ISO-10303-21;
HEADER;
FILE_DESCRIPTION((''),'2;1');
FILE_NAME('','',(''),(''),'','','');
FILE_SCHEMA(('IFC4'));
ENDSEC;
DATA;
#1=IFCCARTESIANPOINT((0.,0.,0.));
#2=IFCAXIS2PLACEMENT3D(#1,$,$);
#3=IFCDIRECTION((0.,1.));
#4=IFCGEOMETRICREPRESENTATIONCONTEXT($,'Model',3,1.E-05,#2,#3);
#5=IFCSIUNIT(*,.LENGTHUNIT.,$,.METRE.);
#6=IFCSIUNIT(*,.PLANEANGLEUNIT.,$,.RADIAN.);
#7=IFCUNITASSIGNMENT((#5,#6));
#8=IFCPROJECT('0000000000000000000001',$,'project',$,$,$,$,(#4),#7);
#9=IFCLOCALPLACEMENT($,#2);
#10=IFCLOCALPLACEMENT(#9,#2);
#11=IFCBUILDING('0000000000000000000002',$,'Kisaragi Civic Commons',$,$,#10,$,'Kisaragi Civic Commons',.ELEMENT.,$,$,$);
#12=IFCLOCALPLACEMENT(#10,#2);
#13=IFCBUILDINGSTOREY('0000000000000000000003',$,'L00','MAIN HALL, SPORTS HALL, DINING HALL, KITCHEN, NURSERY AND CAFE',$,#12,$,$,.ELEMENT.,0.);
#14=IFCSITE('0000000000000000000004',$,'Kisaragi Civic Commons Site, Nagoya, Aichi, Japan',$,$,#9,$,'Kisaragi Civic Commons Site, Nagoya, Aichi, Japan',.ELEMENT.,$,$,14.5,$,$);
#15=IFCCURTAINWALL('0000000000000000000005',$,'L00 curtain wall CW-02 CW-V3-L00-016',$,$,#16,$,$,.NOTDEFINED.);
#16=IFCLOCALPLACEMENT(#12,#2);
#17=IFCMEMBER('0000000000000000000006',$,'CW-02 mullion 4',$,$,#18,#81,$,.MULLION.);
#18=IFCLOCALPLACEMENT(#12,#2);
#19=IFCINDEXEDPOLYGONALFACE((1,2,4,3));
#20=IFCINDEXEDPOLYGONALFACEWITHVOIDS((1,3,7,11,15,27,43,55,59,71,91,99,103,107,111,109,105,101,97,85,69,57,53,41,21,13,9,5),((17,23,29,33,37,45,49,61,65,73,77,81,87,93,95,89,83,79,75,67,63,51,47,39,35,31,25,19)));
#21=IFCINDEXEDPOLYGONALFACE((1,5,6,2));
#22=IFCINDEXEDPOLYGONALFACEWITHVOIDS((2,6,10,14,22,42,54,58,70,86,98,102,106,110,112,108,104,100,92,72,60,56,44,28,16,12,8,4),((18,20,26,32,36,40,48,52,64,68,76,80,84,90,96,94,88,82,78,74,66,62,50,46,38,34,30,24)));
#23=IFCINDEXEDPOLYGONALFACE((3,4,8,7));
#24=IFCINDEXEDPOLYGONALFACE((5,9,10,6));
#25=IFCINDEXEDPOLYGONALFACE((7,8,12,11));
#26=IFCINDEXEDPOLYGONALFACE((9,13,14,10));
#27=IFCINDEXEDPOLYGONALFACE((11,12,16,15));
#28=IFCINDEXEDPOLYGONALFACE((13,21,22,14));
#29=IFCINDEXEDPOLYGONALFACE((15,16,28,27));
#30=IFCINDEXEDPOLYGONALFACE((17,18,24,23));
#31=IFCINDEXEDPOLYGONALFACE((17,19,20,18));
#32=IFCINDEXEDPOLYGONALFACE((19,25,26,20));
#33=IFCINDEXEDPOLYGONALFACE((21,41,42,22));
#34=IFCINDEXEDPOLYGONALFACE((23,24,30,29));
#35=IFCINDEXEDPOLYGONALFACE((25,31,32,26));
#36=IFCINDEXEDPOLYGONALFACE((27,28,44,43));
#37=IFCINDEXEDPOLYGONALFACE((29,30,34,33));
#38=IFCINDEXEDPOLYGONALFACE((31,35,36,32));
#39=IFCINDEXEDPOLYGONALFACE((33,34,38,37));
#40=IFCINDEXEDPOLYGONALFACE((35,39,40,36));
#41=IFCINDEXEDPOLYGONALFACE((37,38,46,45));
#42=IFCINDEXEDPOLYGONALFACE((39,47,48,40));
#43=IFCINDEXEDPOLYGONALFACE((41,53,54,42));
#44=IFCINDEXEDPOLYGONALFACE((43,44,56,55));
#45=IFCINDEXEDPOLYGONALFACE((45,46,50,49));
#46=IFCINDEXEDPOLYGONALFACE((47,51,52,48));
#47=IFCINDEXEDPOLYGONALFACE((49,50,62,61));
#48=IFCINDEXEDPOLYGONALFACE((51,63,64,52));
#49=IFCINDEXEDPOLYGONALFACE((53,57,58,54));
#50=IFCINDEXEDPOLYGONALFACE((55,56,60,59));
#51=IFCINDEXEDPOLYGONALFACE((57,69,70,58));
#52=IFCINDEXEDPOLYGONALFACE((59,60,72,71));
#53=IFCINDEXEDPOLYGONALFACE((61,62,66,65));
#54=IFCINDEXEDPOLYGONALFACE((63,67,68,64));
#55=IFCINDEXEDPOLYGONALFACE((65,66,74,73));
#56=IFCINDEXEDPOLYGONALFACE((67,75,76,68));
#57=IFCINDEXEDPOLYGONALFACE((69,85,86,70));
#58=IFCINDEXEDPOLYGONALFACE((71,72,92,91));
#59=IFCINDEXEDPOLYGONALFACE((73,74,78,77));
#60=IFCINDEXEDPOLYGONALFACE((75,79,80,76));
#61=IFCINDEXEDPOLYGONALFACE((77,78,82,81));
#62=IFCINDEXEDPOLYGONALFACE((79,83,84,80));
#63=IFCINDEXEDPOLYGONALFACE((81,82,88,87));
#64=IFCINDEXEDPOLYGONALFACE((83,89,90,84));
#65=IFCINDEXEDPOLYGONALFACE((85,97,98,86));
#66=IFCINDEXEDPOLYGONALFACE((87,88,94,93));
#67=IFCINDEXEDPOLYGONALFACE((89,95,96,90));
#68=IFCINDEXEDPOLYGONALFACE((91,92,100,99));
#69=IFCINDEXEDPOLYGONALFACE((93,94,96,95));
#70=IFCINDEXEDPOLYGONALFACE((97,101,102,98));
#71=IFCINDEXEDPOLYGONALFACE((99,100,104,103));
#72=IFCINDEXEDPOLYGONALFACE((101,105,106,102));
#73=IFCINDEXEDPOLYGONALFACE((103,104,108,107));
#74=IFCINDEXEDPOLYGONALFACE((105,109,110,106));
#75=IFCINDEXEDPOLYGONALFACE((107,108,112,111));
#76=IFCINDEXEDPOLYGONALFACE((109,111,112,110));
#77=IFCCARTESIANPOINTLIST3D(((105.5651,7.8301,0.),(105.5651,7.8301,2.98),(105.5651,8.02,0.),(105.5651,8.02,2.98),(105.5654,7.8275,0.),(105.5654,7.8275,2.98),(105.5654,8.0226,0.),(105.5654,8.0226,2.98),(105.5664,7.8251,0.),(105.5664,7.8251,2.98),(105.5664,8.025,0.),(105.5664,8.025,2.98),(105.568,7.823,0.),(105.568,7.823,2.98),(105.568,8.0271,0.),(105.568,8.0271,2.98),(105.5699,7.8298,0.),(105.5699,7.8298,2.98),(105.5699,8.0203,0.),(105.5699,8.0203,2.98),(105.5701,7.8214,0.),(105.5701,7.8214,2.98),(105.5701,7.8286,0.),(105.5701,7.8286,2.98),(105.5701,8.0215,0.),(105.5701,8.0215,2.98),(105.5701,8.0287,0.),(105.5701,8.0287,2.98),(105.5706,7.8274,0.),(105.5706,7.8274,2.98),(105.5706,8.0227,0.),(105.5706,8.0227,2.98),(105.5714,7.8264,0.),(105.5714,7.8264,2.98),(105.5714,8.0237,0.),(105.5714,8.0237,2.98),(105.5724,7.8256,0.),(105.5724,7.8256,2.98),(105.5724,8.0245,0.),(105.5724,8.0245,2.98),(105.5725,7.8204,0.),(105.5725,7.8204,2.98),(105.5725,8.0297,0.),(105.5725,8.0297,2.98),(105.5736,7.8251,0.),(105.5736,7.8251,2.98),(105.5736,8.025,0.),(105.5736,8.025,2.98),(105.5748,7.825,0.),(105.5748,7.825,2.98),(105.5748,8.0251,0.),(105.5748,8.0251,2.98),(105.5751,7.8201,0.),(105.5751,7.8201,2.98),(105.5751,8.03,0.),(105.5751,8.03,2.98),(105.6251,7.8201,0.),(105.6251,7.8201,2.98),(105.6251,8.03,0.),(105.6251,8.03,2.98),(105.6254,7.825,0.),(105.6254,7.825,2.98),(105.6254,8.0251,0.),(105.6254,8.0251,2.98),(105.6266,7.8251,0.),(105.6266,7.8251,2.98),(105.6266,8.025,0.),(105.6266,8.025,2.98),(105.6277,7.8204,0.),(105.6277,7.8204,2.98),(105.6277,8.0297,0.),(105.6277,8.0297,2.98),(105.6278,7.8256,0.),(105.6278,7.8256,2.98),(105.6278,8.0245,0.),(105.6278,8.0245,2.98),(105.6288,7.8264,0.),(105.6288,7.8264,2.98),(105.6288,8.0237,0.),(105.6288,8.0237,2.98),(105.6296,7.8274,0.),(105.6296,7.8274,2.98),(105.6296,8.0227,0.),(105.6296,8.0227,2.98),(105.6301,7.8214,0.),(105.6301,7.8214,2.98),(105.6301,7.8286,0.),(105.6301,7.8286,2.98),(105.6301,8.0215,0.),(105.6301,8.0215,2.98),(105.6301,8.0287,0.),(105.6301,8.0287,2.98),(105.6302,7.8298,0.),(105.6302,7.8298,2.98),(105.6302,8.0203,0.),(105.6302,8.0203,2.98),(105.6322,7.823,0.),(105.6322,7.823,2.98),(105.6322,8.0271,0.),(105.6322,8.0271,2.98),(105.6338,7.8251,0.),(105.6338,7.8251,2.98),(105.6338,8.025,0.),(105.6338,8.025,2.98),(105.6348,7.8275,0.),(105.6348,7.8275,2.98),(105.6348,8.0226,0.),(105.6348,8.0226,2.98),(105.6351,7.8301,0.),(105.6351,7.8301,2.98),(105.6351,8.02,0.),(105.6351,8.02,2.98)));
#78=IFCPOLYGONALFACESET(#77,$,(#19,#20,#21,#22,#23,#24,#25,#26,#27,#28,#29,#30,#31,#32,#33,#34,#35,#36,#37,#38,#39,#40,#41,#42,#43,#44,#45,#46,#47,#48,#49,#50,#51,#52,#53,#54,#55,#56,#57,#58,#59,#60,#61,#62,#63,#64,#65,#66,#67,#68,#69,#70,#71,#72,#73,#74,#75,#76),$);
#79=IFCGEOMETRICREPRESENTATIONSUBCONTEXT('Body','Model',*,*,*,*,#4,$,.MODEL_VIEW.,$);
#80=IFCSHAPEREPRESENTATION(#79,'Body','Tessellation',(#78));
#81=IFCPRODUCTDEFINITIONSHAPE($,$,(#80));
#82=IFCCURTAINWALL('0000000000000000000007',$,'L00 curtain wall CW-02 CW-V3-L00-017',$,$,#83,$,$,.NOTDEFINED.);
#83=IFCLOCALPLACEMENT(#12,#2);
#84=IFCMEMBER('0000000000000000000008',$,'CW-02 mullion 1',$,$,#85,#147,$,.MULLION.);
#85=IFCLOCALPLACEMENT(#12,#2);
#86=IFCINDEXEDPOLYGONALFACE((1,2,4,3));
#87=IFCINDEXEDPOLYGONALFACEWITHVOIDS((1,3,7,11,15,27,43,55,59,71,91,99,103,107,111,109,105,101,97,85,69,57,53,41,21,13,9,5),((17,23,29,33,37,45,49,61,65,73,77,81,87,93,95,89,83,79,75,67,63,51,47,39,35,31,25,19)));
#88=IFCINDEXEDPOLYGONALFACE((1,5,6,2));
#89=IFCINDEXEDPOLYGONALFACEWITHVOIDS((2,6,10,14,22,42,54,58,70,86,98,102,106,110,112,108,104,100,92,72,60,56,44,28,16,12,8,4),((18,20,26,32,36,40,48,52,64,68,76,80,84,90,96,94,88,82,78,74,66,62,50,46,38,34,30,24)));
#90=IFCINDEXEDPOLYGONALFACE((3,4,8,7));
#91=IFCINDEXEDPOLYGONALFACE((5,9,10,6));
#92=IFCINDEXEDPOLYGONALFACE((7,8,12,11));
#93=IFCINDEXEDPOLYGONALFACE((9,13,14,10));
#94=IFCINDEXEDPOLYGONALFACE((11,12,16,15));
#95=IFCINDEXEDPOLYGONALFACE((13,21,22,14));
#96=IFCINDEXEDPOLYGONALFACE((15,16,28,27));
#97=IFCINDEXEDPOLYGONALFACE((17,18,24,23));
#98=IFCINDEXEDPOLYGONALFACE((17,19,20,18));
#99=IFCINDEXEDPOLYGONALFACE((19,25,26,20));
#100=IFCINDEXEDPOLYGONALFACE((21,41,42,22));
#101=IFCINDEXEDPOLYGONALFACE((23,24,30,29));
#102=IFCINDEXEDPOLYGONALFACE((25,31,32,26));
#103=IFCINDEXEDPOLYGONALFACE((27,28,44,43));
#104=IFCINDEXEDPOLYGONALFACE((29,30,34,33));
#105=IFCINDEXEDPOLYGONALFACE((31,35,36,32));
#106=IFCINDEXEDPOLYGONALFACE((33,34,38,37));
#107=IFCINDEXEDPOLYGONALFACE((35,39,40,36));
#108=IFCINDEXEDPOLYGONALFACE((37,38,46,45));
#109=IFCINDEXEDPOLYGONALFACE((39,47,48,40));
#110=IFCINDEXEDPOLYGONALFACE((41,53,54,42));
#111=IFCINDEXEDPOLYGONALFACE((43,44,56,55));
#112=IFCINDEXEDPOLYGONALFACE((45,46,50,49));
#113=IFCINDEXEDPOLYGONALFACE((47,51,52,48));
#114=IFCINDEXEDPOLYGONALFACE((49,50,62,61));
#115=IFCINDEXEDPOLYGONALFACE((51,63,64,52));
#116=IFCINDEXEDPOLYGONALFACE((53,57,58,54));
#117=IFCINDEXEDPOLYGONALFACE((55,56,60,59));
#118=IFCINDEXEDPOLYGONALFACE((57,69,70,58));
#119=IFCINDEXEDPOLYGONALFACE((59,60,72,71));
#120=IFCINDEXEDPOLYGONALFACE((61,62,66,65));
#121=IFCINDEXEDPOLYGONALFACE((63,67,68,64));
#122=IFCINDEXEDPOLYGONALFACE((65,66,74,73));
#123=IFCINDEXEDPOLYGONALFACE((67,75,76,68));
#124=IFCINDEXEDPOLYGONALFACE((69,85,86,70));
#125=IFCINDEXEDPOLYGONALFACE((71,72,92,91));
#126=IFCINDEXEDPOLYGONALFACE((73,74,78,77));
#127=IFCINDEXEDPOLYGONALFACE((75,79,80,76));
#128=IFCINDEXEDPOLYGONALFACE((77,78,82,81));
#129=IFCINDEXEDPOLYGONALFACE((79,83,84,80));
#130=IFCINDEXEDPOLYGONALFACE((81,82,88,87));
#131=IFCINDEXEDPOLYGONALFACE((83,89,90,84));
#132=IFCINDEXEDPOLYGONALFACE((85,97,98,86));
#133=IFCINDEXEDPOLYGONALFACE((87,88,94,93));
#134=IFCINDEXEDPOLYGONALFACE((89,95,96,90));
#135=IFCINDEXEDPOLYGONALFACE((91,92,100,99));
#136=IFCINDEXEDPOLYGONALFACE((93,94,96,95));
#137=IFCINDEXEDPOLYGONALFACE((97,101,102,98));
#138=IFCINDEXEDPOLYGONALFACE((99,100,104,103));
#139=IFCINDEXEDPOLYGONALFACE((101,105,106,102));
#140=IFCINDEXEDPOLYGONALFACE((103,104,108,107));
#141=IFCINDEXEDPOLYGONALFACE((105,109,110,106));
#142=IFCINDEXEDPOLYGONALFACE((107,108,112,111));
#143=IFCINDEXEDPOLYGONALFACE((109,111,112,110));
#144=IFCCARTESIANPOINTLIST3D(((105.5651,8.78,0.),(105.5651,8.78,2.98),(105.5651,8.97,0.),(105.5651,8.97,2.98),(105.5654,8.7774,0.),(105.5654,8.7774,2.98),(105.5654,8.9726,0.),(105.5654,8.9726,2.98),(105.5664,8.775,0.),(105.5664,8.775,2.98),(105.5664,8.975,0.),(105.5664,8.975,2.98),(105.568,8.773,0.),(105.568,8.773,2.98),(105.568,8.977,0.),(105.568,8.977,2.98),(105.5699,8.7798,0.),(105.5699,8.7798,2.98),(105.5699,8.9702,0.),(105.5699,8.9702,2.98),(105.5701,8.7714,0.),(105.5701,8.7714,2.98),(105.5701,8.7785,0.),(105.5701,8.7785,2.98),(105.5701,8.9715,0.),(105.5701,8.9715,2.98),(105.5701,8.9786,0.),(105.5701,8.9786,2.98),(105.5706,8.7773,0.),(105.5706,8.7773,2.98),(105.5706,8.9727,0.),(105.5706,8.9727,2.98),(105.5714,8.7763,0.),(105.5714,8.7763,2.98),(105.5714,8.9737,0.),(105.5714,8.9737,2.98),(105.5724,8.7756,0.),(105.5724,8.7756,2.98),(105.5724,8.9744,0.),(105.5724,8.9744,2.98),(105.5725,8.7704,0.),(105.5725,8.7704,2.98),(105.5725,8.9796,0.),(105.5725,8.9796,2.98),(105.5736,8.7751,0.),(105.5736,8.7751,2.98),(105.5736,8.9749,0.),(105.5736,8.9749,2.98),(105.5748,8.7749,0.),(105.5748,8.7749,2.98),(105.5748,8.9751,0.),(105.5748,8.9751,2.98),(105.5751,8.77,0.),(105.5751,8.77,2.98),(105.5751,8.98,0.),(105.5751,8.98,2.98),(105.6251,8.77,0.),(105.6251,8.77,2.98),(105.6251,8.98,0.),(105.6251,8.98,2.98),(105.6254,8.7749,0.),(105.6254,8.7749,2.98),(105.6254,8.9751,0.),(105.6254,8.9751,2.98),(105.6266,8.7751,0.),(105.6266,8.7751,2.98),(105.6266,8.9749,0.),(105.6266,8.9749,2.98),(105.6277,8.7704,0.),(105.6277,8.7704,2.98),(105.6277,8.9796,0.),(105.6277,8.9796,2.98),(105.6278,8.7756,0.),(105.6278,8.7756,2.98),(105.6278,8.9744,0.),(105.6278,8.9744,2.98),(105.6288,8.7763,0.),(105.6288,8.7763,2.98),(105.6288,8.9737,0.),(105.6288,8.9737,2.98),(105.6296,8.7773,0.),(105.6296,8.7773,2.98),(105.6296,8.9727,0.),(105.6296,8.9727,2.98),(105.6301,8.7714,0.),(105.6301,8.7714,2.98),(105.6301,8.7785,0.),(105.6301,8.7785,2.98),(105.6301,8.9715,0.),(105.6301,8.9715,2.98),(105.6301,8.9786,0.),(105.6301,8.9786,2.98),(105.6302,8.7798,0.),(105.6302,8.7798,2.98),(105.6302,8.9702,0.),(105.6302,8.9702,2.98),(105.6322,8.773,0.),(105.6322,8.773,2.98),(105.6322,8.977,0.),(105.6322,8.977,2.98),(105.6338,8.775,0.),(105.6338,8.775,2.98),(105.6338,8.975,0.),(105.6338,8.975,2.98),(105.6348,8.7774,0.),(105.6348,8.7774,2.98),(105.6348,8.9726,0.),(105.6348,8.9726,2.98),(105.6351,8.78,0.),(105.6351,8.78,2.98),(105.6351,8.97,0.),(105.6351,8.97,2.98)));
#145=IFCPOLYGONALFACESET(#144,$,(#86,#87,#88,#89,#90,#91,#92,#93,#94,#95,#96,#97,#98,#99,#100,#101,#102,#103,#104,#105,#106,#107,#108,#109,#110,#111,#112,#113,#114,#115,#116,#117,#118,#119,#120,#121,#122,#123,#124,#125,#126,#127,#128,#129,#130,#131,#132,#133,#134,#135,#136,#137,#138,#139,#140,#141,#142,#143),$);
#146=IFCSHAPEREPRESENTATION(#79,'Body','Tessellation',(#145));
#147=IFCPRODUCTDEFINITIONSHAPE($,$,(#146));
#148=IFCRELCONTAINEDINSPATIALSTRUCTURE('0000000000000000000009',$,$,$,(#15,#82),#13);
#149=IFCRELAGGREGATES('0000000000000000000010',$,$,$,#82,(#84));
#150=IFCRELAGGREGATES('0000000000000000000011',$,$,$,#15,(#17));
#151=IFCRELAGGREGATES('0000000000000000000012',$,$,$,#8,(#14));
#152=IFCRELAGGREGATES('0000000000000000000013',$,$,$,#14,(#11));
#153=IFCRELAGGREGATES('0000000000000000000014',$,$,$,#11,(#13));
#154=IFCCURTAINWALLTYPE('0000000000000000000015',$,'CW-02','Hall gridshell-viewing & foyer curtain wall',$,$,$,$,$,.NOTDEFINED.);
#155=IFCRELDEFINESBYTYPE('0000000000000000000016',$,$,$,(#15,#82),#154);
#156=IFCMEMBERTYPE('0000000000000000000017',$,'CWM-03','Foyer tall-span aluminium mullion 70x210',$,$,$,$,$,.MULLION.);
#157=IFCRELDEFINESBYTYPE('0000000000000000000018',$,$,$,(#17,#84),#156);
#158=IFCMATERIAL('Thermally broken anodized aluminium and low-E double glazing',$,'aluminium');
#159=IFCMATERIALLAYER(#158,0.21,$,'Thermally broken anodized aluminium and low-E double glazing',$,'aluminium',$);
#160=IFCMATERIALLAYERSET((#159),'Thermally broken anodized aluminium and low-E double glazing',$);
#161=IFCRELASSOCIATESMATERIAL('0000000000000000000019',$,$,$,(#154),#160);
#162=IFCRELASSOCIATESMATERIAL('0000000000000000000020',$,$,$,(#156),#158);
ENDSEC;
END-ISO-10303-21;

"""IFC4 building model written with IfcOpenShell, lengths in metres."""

from ifc_helpers import new_model, si_unit, direction, frame, origin, origin_2d, place, context, subcontext, project, spatial, hollow_rectangle, extrude, material, layer, layer_set, material_profile, profile_set, type_object, element, aggregate, save


model = new_model("IFC4")

# Units and contexts
model_context = context("Model", 3, precision=1e-05, world=origin(), true_north=direction((0.0, 1.0)))
body_context = subcontext(model_context, "Body", "Model", "MODEL_VIEW")
ifc_project = project(units=[si_unit("LENGTHUNIT", "METRE"), si_unit("PLANEANGLEUNIT", "RADIAN")], contexts=[model_context])

# Site, building, storey
site_placement = place(None, origin())
site = spatial("IfcSite", under=ifc_project, at=site_placement, Name="Kisaragi Civic Commons Site, Nagoya, Aichi, Japan", LongName="Kisaragi Civic Commons Site, Nagoya, Aichi, Japan", CompositionType="ELEMENT", RefElevation=14.5)
building_placement = place(site_placement, origin())
building = spatial("IfcBuilding", under=site, at=building_placement, Name="Kisaragi Civic Commons", LongName="Kisaragi Civic Commons", CompositionType="ELEMENT")
storey_placement = place(building_placement, origin())
storey = spatial("IfcBuildingStorey", under=building, at=storey_placement, Name="L00", Description="MAIN HALL, SPORTS HALL, DINING HALL, KITCHEN, NURSERY AND CAFE", CompositionType="ELEMENT", Elevation=0.0)

# Curtain wall, member
ifc_material_1 = material(Name="Thermally broken anodized aluminium and low-E double glazing", Category="aluminium")
ifc_layer_1 = layer(ifc_material_1, 0.21, Name="Thermally broken anodized aluminium and low-E double glazing", Category="aluminium")
ifc_layer_set_1 = layer_set([ifc_layer_1], Name="Thermally broken anodized aluminium and low-E double glazing")
curtain_wall_type = type_object("IfcCurtainWallType", Name="CW-02", Description="Hall gridshell-viewing & foyer curtain wall", PredefinedType="NOTDEFINED", material=ifc_layer_set_1)
curtain_wall_1_placement = place(storey_placement, origin())
curtain_wall_1 = element("IfcCurtainWall", 1, at=curtain_wall_1_placement, inside=storey, type_object=curtain_wall_type, Name="L00 curtain wall CW-02 CW-V3-L00-016", PredefinedType="NOTDEFINED")
ifc_material_profile_1 = material_profile(ifc_material_1, hollow_rectangle(XDim=0.0701, YDim=0.21, WallThickness=0.0049, InnerFilletRadius=0.0049, OuterFilletRadius=0.01, at=origin_2d()), Name="CWM-70x210x5", Category="aluminium")
ifc_profile_set_1 = profile_set([ifc_material_profile_1], Name="Thermally broken anodized aluminium and low-E double glazing")
member_type_1 = type_object("IfcMemberType", Name="CWM-03", Description="Foyer tall-span aluminium mullion 70x210", PredefinedType="MULLION", material=ifc_profile_set_1)
member_1_placement = place(storey_placement, frame((105.6001, 7.925, 0.0), z_axis=(0.0, 0.0, 1.0), x_axis=(-1.0, 0.0, 0.0)))
member_1 = element("IfcMember", 2, at=member_1_placement, type_object=member_type_1, Name="CW-02 mullion 4", PredefinedType="MULLION", context=body_context, shape_type="SweptSolid", body=[
    extrude(hollow_rectangle(XDim=0.0701, YDim=0.21, WallThickness=0.0049, InnerFilletRadius=0.0049, OuterFilletRadius=0.01, at=origin_2d()), origin(), (0.0, 0.0, 1.0), 2.98),
])

# Curtain wall, member
curtain_wall_2_placement = place(storey_placement, origin())
curtain_wall_2 = element("IfcCurtainWall", 3, at=curtain_wall_2_placement, inside=storey, type_object=curtain_wall_type, Name="L00 curtain wall CW-02 CW-V3-L00-017", PredefinedType="NOTDEFINED")
member_2_placement = place(storey_placement, frame((105.6001, 8.875, 0.0), z_axis=(0.0, 0.0, 1.0), x_axis=(-1.0, 0.0, 0.0)))
member_2 = element("IfcMember", 4, at=member_2_placement, type_object=member_type_1, Name="CW-02 mullion 1", PredefinedType="MULLION", context=body_context, shape_type="SweptSolid", body=[
    extrude(hollow_rectangle(XDim=0.0701, YDim=0.21, WallThickness=0.0049, InnerFilletRadius=0.0049, OuterFilletRadius=0.01, at=origin_2d()), origin(), (0.0, 0.0, 1.0), 2.98),
])
aggregate(curtain_wall_2, [member_2])

aggregate(curtain_wall_1, [member_1])

save(model, "model.ifc")
